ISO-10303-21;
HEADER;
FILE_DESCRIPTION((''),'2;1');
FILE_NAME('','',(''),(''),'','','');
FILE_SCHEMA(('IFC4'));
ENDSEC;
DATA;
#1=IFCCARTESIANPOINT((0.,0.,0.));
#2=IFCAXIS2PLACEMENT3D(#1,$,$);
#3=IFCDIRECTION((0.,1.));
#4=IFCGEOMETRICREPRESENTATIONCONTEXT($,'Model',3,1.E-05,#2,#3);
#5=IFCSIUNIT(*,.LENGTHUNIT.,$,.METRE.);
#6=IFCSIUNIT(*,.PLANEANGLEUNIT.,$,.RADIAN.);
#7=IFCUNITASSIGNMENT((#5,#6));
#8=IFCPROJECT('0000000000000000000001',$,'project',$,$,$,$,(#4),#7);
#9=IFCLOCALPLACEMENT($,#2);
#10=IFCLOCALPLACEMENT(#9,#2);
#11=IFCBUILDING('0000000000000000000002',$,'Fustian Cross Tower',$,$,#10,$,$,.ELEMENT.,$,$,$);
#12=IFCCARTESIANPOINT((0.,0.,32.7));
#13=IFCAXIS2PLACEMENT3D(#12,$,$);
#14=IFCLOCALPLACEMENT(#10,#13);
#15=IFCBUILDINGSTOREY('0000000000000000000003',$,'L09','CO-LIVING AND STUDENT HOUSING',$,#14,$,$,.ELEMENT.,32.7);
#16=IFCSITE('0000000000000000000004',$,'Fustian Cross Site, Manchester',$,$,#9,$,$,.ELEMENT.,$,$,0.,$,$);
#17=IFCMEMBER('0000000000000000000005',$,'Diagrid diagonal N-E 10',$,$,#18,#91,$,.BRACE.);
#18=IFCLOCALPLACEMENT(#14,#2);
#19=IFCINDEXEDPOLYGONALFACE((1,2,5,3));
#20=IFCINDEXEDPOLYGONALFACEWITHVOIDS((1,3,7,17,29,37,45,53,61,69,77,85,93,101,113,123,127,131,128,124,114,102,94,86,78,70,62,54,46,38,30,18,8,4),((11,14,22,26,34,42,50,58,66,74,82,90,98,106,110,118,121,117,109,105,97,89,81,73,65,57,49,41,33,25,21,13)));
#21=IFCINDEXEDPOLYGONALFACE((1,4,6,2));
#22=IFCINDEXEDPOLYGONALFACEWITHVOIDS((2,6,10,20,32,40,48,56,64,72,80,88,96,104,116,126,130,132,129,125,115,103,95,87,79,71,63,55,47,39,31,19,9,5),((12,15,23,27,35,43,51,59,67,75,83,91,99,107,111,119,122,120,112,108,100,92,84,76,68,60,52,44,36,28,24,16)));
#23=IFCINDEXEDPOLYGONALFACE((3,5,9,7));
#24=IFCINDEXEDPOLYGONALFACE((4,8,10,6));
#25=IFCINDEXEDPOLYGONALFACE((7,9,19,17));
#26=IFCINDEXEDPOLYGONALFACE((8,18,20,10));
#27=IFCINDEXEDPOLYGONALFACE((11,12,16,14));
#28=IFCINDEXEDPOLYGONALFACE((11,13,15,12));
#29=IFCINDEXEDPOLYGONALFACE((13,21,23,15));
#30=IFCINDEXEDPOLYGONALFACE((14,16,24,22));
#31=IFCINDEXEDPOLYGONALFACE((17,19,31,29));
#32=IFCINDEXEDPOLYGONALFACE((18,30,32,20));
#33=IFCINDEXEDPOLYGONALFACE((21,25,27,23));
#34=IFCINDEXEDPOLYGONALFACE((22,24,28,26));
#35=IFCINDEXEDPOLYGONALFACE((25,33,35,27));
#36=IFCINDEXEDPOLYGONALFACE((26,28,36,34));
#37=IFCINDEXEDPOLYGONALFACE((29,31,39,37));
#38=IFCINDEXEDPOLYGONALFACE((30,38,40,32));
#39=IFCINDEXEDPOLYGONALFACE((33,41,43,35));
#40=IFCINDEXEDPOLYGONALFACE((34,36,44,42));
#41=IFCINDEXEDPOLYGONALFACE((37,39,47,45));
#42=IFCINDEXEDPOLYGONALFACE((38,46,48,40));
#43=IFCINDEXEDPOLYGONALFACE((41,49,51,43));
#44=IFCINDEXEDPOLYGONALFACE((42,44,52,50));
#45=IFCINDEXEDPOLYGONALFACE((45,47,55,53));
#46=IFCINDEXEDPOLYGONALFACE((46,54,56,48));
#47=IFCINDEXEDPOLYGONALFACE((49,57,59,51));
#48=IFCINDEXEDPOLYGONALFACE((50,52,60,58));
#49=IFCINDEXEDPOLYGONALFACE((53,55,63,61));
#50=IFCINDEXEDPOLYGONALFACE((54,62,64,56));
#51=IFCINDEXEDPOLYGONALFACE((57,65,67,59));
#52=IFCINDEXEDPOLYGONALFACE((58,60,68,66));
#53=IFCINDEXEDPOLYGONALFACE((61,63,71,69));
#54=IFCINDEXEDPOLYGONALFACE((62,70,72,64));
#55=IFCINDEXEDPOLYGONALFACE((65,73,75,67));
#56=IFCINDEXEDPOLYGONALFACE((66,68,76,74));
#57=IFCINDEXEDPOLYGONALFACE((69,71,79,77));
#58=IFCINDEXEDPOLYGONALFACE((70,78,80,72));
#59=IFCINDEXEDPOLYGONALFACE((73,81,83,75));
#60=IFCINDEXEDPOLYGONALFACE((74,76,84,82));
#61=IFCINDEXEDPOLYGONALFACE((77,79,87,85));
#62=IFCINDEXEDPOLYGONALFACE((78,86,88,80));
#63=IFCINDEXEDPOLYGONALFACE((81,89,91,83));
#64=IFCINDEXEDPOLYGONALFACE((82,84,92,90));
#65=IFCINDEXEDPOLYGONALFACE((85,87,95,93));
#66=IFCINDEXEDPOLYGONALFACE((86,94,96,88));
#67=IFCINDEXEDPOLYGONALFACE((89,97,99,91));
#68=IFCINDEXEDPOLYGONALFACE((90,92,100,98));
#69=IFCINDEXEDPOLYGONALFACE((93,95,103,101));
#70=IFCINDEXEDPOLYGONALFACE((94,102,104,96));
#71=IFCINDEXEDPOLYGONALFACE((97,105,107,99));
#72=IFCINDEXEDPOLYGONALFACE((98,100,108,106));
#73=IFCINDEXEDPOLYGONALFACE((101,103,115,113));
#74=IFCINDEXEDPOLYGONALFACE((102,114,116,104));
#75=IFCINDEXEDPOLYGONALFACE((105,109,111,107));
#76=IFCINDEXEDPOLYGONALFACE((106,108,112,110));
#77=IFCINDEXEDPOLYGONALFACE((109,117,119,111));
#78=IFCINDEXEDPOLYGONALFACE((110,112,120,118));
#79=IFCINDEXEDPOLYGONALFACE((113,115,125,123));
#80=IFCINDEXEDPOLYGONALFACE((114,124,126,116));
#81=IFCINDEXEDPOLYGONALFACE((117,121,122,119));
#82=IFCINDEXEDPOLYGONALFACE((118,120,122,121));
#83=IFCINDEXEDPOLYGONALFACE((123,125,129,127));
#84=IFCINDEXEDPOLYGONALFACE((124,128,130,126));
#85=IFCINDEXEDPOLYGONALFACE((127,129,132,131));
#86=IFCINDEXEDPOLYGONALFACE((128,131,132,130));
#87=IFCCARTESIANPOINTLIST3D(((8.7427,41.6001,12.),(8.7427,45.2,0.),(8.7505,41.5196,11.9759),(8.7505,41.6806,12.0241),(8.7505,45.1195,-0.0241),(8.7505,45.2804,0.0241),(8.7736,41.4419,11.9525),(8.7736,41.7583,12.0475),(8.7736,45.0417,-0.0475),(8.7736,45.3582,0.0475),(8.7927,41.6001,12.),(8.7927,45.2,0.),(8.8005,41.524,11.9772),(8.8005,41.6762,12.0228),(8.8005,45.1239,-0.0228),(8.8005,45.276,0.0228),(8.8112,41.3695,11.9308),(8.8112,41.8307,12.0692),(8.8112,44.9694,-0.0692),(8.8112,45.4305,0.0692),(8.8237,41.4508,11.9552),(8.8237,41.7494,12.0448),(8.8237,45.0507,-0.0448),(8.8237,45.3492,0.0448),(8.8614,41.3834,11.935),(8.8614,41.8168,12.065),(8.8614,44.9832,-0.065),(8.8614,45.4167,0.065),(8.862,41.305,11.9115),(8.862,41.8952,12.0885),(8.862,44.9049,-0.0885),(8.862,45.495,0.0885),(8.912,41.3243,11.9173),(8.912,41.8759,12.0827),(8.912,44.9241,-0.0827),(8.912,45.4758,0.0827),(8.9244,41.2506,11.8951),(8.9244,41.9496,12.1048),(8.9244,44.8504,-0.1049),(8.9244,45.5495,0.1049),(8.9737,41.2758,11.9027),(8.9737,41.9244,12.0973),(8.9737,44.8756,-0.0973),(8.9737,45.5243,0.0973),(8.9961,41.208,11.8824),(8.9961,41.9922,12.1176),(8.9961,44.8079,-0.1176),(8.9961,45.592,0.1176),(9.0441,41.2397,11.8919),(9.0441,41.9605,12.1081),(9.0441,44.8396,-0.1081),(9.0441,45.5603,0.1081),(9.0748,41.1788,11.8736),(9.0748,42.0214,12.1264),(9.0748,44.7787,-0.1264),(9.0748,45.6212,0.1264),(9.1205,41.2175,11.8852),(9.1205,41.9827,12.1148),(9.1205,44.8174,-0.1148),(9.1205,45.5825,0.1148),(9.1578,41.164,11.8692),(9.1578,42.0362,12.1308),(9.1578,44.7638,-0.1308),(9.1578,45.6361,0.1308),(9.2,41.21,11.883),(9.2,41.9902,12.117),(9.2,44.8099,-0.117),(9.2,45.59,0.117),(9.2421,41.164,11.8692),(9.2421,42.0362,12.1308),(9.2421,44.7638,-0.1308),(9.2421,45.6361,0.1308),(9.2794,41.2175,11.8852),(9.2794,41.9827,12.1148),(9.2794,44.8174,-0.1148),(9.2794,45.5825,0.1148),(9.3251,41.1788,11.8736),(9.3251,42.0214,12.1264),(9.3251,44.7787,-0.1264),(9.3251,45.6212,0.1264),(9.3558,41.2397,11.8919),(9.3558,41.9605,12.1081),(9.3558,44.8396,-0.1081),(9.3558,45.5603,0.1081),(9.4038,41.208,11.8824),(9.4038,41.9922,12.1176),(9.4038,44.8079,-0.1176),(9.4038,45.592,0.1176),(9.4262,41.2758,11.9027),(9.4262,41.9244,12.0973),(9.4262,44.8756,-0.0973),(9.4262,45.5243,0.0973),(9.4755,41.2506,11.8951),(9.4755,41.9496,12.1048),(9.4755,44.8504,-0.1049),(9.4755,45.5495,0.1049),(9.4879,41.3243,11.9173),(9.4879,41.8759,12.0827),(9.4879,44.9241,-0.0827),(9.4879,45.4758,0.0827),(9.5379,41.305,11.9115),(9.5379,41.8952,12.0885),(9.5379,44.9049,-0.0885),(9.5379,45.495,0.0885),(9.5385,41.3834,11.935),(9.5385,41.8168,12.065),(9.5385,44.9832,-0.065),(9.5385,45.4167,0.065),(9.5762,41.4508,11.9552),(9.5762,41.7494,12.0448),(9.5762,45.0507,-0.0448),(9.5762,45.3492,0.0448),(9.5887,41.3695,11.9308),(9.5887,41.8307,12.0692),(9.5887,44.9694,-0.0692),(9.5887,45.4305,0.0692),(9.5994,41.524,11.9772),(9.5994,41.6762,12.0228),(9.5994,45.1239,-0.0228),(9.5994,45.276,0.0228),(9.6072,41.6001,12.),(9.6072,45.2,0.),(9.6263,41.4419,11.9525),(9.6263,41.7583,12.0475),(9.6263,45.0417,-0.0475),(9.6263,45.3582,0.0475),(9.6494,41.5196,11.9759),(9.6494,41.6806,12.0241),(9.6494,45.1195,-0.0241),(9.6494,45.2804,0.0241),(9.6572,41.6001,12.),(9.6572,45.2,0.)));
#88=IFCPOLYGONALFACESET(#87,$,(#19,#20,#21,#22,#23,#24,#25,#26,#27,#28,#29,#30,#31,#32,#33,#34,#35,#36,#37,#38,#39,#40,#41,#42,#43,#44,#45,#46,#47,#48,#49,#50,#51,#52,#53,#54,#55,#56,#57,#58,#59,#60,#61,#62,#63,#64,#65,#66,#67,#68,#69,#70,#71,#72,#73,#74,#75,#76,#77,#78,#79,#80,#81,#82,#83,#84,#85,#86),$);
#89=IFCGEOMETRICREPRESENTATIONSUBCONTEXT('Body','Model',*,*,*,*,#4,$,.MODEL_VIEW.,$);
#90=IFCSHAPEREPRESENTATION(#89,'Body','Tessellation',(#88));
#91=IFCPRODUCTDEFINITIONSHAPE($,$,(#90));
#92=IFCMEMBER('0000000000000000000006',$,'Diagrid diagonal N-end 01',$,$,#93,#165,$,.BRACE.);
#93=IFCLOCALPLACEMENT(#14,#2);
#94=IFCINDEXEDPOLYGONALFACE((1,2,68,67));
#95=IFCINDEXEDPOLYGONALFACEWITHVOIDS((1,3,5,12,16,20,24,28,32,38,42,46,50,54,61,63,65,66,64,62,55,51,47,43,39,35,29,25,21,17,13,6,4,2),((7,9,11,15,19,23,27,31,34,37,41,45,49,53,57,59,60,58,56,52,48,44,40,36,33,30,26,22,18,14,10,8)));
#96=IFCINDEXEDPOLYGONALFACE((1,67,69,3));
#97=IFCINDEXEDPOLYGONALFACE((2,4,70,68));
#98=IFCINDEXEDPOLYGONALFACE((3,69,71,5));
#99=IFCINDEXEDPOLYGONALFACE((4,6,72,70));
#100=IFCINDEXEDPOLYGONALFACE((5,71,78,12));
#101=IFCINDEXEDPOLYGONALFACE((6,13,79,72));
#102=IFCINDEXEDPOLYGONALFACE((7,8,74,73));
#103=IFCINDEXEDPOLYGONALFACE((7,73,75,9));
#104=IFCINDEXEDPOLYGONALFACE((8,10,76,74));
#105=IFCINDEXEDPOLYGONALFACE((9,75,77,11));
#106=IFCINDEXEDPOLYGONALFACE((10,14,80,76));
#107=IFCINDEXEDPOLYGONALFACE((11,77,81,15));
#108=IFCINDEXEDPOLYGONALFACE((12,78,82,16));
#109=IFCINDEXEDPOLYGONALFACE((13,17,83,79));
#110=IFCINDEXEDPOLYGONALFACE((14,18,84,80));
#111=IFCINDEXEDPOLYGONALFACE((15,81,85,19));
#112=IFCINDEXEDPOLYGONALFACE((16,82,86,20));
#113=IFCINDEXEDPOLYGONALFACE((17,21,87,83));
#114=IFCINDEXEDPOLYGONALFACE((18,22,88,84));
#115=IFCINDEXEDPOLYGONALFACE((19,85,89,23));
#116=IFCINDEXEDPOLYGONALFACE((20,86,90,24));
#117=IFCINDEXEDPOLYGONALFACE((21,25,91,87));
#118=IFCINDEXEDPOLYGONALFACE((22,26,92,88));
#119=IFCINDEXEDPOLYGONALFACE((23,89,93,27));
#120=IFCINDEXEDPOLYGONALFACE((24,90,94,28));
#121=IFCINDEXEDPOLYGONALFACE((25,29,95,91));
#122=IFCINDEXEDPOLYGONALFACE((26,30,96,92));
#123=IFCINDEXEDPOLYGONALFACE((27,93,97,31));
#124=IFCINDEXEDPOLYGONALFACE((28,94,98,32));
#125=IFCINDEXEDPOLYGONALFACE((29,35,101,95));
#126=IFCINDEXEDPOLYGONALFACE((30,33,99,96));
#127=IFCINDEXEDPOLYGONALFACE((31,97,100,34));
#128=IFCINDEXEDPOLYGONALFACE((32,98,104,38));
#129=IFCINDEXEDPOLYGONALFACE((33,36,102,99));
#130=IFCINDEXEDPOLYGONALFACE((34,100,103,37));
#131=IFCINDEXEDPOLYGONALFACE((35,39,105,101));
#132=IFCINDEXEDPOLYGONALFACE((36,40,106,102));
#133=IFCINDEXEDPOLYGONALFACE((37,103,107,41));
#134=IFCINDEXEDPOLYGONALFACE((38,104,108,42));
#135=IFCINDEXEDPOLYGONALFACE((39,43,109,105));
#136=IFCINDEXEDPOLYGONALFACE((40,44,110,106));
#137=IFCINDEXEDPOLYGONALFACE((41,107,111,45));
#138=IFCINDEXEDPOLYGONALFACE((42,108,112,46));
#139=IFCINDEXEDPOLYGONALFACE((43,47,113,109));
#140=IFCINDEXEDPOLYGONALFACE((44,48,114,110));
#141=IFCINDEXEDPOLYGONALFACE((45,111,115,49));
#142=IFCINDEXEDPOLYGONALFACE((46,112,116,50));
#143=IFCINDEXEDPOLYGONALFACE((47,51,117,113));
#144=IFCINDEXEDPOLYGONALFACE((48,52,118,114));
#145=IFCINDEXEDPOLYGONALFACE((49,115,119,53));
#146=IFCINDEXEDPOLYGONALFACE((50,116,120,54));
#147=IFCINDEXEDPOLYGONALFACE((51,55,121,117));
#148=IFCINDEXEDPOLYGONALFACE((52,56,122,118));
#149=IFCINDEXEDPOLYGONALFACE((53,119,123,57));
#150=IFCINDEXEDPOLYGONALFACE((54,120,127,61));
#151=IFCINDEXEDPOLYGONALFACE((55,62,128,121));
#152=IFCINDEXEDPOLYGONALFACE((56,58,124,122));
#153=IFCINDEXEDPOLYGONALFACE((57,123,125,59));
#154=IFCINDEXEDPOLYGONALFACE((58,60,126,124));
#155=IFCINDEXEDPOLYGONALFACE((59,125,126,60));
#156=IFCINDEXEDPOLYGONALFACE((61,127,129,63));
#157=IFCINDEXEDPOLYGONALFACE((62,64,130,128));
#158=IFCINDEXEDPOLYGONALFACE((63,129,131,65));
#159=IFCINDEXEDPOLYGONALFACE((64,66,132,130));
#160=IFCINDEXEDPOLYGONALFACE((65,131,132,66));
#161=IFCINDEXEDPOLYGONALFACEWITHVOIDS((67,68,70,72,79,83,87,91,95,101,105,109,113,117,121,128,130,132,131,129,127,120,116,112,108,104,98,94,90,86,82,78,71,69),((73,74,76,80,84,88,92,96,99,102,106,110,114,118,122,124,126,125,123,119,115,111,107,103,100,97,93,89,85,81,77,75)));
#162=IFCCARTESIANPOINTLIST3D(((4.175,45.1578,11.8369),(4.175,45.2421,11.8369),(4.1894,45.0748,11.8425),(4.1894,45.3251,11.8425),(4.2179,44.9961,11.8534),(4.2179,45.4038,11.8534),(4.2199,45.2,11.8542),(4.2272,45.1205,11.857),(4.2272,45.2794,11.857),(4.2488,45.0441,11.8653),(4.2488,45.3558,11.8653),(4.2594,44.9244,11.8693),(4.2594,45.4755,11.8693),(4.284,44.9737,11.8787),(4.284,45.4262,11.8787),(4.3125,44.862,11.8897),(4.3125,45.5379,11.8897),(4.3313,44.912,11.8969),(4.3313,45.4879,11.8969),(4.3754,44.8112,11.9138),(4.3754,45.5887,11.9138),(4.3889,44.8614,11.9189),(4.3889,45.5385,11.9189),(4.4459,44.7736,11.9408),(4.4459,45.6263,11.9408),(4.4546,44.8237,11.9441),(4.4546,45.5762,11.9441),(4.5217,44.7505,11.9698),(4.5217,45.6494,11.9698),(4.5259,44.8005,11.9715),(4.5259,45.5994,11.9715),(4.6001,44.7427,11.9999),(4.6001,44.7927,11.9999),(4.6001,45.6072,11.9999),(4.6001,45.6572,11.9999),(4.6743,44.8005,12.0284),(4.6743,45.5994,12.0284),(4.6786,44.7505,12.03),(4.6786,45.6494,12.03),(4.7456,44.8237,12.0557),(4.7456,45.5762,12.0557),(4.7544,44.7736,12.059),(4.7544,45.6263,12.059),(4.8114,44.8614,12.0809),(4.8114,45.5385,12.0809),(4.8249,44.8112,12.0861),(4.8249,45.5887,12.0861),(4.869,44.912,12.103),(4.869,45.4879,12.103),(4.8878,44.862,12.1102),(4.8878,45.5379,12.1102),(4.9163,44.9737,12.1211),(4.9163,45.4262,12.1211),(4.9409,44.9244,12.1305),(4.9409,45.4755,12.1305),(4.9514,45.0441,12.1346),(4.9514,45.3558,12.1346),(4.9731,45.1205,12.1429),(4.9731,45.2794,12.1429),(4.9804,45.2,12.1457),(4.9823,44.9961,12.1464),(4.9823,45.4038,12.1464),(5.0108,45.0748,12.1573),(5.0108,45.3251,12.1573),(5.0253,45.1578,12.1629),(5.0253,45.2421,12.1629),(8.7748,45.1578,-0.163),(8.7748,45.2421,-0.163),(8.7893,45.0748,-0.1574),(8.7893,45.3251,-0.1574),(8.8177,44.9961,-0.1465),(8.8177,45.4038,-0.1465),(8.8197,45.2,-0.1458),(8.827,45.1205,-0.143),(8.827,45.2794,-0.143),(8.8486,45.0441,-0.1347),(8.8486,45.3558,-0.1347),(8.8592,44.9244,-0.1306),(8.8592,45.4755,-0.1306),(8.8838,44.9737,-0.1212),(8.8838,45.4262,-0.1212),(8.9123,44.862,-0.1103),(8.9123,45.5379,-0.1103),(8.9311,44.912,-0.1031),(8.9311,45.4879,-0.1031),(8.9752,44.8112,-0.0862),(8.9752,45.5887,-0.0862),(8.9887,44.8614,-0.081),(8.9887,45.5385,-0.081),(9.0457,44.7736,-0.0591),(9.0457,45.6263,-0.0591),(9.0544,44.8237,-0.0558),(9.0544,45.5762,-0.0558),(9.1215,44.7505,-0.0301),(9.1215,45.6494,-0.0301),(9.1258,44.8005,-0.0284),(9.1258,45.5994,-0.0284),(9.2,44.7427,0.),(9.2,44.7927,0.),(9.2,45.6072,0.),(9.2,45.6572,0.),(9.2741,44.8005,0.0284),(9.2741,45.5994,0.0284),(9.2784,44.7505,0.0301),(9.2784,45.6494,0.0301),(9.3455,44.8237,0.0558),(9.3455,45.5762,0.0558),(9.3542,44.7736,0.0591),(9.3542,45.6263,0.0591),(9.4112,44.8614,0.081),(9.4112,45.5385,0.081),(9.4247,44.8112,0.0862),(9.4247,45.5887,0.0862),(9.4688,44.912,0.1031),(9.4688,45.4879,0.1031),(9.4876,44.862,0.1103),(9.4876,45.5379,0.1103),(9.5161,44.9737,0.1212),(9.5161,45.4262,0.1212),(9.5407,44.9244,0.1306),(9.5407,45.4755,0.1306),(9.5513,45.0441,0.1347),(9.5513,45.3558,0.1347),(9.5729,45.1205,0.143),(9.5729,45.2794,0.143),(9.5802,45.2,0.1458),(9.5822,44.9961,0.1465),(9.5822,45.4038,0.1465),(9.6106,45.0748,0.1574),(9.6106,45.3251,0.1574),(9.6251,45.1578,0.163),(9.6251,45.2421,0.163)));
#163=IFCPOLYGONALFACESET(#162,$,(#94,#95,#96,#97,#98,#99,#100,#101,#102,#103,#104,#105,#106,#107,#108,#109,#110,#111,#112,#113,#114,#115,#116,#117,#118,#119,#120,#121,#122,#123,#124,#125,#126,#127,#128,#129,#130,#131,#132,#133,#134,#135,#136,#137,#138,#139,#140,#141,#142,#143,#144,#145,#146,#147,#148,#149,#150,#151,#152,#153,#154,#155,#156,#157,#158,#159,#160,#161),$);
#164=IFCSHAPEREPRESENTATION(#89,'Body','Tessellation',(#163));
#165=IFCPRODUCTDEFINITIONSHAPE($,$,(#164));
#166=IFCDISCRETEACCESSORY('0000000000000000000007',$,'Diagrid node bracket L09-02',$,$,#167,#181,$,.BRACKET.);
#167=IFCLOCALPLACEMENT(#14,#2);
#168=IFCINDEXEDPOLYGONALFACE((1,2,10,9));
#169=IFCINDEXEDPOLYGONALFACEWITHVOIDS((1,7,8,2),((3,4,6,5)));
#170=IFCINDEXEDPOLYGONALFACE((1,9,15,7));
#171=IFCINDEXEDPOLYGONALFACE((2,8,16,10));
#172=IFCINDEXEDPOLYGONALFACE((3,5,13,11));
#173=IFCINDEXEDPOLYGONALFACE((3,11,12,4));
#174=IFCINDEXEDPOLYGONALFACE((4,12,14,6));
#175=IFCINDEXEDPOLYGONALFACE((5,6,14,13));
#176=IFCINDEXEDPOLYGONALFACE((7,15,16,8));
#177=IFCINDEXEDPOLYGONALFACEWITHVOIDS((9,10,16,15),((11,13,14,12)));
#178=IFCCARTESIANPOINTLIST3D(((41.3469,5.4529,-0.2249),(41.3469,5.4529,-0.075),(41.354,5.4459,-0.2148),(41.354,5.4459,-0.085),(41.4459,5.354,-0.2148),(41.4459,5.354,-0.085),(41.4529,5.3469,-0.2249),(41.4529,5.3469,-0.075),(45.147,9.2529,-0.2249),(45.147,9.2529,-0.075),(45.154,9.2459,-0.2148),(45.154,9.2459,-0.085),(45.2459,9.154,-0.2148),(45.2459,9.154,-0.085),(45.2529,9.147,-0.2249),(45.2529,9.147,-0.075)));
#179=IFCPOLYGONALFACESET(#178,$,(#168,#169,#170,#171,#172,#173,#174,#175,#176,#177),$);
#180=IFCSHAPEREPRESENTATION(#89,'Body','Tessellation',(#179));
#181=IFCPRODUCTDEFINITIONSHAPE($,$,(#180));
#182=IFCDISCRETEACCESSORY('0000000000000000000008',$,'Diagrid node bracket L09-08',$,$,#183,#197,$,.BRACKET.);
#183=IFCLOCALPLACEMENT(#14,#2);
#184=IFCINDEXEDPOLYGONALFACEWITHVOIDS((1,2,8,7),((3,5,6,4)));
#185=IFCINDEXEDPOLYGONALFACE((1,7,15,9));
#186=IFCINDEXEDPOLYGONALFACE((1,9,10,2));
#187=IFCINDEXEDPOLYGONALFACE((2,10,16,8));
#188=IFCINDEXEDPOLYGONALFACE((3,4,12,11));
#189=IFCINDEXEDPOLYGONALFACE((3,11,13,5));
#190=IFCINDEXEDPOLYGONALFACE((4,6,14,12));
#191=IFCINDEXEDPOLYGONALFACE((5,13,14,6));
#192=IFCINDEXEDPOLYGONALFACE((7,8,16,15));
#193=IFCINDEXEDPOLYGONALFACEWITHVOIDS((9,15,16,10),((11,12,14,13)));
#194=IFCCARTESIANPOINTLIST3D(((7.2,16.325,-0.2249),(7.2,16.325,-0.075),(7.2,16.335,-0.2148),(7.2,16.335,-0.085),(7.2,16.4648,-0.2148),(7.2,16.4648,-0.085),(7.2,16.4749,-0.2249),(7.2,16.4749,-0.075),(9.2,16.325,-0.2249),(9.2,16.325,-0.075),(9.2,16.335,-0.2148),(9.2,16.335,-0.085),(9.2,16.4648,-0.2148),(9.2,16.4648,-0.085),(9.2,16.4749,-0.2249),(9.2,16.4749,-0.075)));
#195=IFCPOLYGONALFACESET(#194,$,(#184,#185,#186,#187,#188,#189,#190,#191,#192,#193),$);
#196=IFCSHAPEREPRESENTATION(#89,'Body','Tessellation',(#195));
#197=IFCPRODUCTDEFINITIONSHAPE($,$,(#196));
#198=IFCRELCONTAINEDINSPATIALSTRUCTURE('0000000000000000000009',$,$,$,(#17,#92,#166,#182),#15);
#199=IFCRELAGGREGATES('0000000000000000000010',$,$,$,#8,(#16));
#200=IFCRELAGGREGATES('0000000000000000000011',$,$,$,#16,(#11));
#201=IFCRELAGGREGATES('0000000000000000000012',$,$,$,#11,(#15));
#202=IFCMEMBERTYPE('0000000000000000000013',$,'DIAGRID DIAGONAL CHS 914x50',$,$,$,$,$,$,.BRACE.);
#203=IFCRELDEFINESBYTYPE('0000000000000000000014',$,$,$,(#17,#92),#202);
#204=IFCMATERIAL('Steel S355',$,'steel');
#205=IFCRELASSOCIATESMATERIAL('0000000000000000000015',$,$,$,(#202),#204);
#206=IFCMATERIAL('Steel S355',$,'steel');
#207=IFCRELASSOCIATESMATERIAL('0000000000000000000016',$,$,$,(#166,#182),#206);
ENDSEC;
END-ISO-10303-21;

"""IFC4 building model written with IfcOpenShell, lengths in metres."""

from ifc_helpers import new_model, si_unit, direction, frame, origin, origin_2d, place, context, subcontext, project, spatial, hollow_rectangle, hollow_circle, extrude, material, material_profile, profile_set, type_object, element, save


model = new_model("IFC4")

# Units and contexts
model_context = context("Model", 3, precision=1e-05, world=origin(), true_north=direction((0.0, 1.0)))
body_context = subcontext(model_context, "Body", "Model", "MODEL_VIEW")
ifc_project = project(units=[si_unit("LENGTHUNIT", "METRE"), si_unit("PLANEANGLEUNIT", "RADIAN")], contexts=[model_context])

# Site, building, storey
site_placement = place(None, origin())
site = spatial("IfcSite", under=ifc_project, at=site_placement, Name="Fustian Cross Site, Manchester", CompositionType="ELEMENT", RefElevation=0.0)
building_placement = place(site_placement, origin())
building = spatial("IfcBuilding", under=site, at=building_placement, Name="Fustian Cross Tower", CompositionType="ELEMENT")
storey_placement = place(building_placement, frame((0.0, 0.0, 32.7)))
storey = spatial("IfcBuildingStorey", under=building, at=storey_placement, Name="L09", Description="CO-LIVING AND STUDENT HOUSING", CompositionType="ELEMENT", Elevation=32.7)

# Members
ifc_material_1 = material(Name="Steel S355", Category="steel")
ifc_material_profile_1 = material_profile(ifc_material_1, hollow_circle(Radius=0.4573, WallThickness=0.05, at=origin_2d()), Name="CHS 914x50")
ifc_profile_set_1 = profile_set([ifc_material_profile_1], Name="Steel S355")
member_type_1 = type_object("IfcMemberType", Name="DIAGRID DIAGONAL CHS 914x50", PredefinedType="BRACE", material=ifc_profile_set_1)
for number, where, z_axis, x_axis, name in (
    (1, (9.2, 45.2, 0.0), (0.0, -0.287337, 0.95783), (1.0, 0.0, 0.0), "Diagrid diagonal N-E 10"),
):
    element("IfcMember", number, at=place(storey_placement, frame(where, z_axis=z_axis, x_axis=x_axis)), inside=storey, type_object=member_type_1, Name=name, PredefinedType="BRACE", context=body_context, shape_type="SweptSolid", body=[
        extrude(hollow_circle(Radius=0.4573, WallThickness=0.05, at=origin_2d()), origin(), (0.0, 0.0, 1.0), 12.5283),
    ])
member_1_placement = place(storey_placement, frame((9.2, 45.2, 0.0), z_axis=(-0.357926, 0.0, 0.93375), x_axis=(0.0, -1.0, 0.0)))
element("IfcMember", 2, at=member_1_placement, inside=storey, type_object=member_type_1, Name="Diagrid diagonal N-end 01", PredefinedType="BRACE", context=body_context, shape_type="SweptSolid", body=[
    extrude(hollow_circle(Radius=0.4573, WallThickness=0.05, at=origin_2d()), origin(), (0.0, 0.0, 1.0), 12.8513),
])

# Discrete accessories
ifc_material_2 = material(Name="Steel S355", Category="steel")
discrete_accessory_1_placement = place(storey_placement, frame((45.2, 9.2, -0.1499), z_axis=(-0.707107, -0.707107, 0.0), x_axis=(0.707107, -0.707107, 0.0)))
element("IfcDiscreteAccessory", 3, at=discrete_accessory_1_placement, inside=storey, material=ifc_material_2, Name="Diagrid node bracket L09-02", PredefinedType="BRACKET", context=body_context, shape_type="SweptSolid", body=[
    extrude(hollow_rectangle(XDim=0.1499, YDim=0.1499, WallThickness=0.01, at=origin_2d()), origin(), (0.0, 0.0, 1.0), 5.374),
])
for number, where, z_axis, x_axis, name in (
    (4, (9.2, 16.3999, -0.1499), (-1.0, 0.0, 0.0), (0.0, -1.0, 0.0), "Diagrid node bracket L09-08"),
):
    element("IfcDiscreteAccessory", number, at=place(storey_placement, frame(where, z_axis=z_axis, x_axis=x_axis)), inside=storey, material=ifc_material_2, Name=name, PredefinedType="BRACKET", context=body_context, shape_type="SweptSolid", body=[
        extrude(hollow_rectangle(XDim=0.1499, YDim=0.1499, WallThickness=0.01, at=origin_2d()), origin(), (0.0, 0.0, 1.0), 2.0),
    ])

save(model, "model.ifc")
